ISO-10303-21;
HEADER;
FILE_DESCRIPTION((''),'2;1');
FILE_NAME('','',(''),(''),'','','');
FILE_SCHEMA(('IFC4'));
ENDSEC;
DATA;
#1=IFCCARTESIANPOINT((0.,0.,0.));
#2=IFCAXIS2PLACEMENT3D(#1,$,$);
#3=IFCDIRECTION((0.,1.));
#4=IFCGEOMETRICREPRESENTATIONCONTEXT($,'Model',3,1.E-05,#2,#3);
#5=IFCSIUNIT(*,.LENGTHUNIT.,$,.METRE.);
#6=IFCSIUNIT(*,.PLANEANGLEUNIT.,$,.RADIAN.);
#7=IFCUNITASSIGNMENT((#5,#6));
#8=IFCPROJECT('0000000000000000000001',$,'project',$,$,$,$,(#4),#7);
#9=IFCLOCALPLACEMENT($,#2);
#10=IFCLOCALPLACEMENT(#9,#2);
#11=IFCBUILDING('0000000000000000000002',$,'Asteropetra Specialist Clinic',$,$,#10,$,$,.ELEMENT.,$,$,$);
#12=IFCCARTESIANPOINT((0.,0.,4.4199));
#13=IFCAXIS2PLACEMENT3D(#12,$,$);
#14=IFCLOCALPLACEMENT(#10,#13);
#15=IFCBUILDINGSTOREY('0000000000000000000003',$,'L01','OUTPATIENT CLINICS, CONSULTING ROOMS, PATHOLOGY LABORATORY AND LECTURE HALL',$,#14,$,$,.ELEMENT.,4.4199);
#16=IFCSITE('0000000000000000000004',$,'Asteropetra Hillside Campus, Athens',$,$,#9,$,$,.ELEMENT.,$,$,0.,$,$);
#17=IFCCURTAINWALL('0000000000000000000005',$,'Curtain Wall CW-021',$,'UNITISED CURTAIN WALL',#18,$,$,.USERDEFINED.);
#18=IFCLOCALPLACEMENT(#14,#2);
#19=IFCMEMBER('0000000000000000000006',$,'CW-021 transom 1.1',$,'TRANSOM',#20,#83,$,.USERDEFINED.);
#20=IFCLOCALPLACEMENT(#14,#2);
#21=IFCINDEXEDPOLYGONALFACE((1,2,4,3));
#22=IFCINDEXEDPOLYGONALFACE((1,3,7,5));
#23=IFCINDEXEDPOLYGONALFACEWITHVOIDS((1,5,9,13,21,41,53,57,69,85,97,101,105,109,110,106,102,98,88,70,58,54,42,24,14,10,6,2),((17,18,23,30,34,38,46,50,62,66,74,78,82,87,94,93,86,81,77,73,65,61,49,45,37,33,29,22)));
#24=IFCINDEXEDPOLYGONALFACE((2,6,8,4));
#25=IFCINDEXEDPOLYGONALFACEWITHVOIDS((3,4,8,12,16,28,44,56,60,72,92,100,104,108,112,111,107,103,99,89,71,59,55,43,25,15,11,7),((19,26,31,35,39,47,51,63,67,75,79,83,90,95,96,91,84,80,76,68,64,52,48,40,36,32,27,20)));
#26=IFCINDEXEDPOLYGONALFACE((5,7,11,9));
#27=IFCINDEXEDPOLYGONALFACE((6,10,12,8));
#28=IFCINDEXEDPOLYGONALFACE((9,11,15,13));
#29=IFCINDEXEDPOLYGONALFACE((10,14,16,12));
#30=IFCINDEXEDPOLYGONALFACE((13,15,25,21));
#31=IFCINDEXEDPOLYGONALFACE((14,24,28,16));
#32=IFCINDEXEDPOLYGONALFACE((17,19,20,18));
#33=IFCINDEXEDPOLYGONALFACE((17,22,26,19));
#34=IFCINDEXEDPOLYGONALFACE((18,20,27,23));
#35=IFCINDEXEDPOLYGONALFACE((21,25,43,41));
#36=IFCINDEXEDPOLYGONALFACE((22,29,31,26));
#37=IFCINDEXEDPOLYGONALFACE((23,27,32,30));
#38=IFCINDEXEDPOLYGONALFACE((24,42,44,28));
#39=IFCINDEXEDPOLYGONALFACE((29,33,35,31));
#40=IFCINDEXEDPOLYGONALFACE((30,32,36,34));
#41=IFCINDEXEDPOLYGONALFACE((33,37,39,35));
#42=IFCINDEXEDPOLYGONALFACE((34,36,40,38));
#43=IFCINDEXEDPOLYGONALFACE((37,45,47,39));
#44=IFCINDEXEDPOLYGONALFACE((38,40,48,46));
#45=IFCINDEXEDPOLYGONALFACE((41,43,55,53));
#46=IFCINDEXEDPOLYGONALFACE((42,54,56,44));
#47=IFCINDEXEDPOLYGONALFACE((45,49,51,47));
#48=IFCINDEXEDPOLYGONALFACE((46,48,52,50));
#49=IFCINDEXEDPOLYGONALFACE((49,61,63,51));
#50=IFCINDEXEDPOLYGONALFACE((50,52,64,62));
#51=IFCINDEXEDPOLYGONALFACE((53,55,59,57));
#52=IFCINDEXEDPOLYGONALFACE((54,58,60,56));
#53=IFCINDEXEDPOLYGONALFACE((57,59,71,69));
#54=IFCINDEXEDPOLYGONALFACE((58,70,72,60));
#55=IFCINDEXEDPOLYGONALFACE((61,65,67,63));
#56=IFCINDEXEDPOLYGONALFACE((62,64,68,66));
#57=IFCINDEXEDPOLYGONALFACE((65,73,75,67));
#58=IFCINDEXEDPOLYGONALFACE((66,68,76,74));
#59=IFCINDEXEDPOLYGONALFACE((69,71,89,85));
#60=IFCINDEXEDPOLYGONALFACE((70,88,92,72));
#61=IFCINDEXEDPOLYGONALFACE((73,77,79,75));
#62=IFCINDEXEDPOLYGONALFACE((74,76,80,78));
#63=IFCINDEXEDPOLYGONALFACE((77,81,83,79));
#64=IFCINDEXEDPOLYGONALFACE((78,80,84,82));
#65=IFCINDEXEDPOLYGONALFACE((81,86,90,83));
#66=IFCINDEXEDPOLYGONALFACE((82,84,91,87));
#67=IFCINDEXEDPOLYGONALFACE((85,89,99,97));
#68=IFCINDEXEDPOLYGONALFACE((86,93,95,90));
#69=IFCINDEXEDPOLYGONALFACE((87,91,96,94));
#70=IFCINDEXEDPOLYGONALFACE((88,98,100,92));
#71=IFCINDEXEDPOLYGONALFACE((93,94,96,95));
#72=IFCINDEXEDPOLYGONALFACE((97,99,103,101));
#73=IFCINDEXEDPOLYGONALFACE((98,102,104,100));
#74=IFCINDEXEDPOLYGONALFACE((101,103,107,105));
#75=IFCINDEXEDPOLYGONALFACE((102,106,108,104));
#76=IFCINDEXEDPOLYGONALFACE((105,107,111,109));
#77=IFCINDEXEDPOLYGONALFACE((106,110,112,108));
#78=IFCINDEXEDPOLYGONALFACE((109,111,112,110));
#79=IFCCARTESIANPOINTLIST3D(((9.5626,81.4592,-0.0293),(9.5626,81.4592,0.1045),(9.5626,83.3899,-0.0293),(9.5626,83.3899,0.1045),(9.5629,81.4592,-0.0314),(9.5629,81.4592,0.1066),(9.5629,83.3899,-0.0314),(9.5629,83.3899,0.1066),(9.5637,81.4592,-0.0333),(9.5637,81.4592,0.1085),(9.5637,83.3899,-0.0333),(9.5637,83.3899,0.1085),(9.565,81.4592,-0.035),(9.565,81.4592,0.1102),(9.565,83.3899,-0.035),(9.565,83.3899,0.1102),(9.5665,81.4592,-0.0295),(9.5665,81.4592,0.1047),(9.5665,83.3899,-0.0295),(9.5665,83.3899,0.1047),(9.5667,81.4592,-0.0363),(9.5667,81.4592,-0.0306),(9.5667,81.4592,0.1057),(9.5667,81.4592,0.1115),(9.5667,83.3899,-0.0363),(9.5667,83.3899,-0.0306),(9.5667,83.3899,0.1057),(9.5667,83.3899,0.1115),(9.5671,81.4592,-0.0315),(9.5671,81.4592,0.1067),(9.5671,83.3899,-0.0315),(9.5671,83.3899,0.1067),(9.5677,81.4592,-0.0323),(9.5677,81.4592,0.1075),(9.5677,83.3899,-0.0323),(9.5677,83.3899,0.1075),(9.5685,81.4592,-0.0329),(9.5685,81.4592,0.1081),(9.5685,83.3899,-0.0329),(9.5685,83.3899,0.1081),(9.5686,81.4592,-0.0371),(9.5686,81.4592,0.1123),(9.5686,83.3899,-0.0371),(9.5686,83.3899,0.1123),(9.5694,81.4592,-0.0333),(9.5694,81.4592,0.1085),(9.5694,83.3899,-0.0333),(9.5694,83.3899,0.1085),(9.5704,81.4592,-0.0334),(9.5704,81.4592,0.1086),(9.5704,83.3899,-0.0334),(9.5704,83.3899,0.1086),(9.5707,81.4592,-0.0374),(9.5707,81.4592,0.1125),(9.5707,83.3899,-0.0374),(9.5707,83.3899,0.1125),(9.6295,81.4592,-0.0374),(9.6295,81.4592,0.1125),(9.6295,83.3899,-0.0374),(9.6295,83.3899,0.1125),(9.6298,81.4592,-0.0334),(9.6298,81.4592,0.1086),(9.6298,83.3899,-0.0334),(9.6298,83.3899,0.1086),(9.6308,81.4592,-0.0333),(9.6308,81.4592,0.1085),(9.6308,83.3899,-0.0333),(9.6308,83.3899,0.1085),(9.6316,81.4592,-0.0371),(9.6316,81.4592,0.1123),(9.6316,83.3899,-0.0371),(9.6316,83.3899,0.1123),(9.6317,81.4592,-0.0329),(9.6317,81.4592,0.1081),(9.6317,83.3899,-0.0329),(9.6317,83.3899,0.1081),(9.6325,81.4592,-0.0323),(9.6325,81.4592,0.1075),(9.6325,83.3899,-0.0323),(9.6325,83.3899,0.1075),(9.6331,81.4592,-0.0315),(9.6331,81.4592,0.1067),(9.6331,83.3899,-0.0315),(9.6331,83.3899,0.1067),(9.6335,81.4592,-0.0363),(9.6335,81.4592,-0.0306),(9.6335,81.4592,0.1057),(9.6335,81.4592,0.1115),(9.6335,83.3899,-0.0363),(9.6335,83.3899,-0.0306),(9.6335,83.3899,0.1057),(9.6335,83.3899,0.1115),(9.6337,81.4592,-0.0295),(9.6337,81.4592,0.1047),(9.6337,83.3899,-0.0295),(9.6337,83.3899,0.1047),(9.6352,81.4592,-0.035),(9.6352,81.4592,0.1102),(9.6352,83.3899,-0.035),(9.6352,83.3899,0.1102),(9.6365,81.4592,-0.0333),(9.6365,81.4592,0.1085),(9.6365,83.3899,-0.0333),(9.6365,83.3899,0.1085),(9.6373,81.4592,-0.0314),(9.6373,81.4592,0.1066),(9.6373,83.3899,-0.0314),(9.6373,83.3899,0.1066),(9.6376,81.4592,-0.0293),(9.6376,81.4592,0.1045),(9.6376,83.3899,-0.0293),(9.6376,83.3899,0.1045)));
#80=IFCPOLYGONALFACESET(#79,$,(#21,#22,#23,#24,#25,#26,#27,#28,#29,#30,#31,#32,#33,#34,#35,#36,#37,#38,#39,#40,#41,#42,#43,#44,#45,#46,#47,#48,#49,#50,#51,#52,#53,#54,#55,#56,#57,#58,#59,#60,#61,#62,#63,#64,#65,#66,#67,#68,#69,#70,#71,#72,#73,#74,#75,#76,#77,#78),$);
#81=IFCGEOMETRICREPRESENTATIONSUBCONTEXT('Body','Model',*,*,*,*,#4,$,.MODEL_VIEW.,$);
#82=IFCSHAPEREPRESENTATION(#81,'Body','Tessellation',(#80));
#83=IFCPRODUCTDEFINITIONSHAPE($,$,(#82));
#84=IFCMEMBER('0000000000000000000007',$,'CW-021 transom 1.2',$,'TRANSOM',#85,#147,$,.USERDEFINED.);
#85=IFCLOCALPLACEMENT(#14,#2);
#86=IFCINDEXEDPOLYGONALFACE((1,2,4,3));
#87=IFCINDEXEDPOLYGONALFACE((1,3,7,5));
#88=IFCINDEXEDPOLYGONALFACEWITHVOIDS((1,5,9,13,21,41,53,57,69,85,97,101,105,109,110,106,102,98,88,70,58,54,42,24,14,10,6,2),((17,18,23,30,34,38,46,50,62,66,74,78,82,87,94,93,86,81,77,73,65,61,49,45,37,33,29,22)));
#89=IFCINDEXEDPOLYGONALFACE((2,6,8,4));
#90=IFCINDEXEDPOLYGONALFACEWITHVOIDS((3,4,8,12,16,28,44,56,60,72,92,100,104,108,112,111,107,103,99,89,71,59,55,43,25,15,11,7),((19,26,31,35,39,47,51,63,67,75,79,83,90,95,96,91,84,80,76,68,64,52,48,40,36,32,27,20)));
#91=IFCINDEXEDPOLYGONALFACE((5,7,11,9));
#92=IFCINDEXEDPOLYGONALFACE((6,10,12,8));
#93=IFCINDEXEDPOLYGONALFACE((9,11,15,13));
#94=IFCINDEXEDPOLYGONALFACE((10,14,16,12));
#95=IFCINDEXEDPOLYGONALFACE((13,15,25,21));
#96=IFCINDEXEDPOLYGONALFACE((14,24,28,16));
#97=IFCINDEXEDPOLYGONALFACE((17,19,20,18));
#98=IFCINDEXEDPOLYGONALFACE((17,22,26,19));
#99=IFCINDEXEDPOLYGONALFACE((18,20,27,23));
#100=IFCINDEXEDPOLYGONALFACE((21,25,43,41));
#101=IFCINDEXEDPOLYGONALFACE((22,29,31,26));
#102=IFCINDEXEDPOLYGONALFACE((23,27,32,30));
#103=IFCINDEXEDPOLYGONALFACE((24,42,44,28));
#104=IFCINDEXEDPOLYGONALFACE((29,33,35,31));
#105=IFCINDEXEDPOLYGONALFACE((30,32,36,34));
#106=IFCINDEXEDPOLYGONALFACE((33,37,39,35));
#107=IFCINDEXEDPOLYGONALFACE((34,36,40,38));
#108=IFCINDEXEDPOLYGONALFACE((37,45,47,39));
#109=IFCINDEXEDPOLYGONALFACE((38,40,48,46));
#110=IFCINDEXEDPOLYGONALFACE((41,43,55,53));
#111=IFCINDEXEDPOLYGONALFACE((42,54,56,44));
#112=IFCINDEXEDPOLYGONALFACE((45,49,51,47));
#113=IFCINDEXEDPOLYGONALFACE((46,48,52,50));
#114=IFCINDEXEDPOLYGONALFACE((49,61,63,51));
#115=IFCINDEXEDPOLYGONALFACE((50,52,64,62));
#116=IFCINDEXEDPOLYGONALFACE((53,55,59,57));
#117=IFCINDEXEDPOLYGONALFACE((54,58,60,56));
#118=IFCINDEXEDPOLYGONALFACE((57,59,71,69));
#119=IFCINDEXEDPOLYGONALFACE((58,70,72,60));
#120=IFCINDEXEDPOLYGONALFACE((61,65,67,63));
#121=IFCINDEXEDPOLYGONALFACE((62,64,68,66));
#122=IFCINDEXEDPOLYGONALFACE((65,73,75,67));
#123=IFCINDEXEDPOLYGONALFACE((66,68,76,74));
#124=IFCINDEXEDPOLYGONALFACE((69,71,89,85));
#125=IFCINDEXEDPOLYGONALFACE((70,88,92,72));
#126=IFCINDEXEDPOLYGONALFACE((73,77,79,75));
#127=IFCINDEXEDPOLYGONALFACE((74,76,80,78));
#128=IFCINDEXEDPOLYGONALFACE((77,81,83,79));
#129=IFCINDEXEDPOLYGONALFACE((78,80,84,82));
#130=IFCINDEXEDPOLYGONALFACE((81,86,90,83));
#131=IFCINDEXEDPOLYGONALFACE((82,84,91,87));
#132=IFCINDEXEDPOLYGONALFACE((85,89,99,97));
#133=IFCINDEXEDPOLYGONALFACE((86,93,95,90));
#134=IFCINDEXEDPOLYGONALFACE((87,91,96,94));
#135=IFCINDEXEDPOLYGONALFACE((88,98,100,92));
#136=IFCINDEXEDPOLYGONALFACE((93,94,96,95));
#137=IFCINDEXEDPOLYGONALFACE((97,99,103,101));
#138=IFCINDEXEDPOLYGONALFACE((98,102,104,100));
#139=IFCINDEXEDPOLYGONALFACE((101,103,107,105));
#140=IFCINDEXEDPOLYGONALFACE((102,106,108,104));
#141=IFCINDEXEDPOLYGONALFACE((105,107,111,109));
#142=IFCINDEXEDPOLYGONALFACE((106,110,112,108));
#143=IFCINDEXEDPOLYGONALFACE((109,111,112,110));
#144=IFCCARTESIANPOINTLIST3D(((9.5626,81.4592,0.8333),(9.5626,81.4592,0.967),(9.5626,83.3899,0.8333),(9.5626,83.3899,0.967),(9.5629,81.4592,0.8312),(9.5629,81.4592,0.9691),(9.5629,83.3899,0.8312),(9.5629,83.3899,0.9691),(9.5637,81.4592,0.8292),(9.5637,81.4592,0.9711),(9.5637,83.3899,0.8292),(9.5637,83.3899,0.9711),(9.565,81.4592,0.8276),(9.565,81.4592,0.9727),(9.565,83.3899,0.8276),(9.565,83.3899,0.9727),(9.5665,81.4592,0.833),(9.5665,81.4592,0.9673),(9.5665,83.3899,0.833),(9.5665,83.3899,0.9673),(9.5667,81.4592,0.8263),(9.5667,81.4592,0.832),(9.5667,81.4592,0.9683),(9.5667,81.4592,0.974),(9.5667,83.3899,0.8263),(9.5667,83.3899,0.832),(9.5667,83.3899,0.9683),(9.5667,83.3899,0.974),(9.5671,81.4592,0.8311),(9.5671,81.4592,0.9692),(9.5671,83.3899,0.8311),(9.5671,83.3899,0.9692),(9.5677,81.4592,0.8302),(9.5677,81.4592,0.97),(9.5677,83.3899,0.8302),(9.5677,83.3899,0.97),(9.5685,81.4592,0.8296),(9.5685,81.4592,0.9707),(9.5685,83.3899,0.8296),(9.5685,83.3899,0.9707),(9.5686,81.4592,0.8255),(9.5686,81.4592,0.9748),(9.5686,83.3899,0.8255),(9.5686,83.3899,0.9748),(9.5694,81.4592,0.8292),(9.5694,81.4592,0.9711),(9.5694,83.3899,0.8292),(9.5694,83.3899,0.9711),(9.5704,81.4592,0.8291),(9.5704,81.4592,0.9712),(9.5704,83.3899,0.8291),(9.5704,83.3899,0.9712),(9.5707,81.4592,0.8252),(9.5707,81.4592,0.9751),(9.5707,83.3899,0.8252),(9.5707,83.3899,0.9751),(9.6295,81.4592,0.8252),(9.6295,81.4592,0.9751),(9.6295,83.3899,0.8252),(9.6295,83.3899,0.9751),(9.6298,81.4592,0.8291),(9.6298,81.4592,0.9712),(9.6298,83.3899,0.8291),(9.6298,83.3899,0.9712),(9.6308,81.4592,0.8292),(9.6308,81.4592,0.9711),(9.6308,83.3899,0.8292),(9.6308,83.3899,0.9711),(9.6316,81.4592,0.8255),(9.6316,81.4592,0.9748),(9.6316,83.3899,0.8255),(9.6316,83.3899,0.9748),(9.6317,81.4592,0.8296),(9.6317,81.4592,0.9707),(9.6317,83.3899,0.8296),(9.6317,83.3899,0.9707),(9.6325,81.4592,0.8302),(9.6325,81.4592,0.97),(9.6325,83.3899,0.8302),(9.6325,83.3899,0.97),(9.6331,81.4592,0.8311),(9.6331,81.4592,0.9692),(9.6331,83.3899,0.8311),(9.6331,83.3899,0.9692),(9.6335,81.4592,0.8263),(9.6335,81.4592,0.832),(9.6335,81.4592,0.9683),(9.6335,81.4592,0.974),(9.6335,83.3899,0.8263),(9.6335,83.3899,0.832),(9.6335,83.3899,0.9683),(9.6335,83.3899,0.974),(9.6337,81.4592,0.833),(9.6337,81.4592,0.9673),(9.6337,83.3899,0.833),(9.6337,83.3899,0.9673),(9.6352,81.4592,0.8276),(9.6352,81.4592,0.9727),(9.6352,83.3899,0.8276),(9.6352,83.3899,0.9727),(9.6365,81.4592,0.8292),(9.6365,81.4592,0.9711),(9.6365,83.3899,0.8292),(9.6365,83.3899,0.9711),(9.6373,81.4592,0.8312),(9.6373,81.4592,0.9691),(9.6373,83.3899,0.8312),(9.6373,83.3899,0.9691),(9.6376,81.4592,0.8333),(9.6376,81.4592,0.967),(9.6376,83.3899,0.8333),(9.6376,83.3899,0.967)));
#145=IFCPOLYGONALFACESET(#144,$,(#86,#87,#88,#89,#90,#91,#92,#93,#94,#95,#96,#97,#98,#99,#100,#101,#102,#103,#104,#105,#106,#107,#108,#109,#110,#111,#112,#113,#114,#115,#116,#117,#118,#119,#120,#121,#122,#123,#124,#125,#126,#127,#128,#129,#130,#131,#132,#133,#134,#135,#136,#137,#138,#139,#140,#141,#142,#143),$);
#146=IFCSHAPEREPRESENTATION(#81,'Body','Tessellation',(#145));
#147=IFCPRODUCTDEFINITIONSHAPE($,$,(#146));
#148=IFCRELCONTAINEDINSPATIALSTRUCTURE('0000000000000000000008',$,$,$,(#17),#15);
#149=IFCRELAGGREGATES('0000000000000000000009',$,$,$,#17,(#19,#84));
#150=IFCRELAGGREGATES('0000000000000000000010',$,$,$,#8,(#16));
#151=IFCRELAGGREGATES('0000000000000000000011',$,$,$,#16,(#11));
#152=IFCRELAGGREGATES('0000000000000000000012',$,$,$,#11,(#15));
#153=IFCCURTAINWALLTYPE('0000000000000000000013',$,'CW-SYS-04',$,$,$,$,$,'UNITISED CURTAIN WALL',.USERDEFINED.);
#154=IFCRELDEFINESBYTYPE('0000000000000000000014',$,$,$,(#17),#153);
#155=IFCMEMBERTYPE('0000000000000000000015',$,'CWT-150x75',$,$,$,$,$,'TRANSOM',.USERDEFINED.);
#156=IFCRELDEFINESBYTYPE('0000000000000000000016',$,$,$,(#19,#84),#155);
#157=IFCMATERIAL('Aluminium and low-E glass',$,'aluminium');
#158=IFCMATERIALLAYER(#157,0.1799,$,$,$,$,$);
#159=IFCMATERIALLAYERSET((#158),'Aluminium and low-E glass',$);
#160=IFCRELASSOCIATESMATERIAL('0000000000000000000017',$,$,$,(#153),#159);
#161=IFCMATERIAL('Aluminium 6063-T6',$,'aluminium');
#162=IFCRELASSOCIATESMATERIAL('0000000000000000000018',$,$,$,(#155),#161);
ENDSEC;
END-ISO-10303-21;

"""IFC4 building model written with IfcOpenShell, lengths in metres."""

from ifc_helpers import new_model, si_unit, direction, frame, origin, origin_2d, place, context, subcontext, project, spatial, hollow_rectangle, extrude, material, layer, layer_set, material_profile, profile_set, type_object, element, aggregate, save


model = new_model("IFC4")

# Units and contexts
model_context = context("Model", 3, precision=1e-05, world=origin(), true_north=direction((0.0, 1.0)))
body_context = subcontext(model_context, "Body", "Model", "MODEL_VIEW")
ifc_project = project(units=[si_unit("LENGTHUNIT", "METRE"), si_unit("PLANEANGLEUNIT", "RADIAN")], contexts=[model_context])

# Site, building, storey
site_placement = place(None, origin())
site = spatial("IfcSite", under=ifc_project, at=site_placement, Name="Asteropetra Hillside Campus, Athens", CompositionType="ELEMENT", RefElevation=0.0)
building_placement = place(site_placement, origin())
building = spatial("IfcBuilding", under=site, at=building_placement, Name="Asteropetra Specialist Clinic", CompositionType="ELEMENT")
storey_placement = place(building_placement, frame((0.0, 0.0, 4.4199)))
storey = spatial("IfcBuildingStorey", under=building, at=storey_placement, Name="L01", Description="OUTPATIENT CLINICS, CONSULTING ROOMS, PATHOLOGY LABORATORY AND LECTURE HALL", CompositionType="ELEMENT", Elevation=4.4199)

# Curtain wall
ifc_material_1 = material(Name="Aluminium and low-E glass", Category="aluminium")
ifc_layer_1 = layer(ifc_material_1, 0.1799)
ifc_layer_set_1 = layer_set([ifc_layer_1], Name="Aluminium and low-E glass")
curtain_wall_type_1 = type_object("IfcCurtainWallType", Name="CW-SYS-04", ElementType="UNITISED CURTAIN WALL", PredefinedType="USERDEFINED", material=ifc_layer_set_1)
curtain_wall_1_placement = place(storey_placement, origin())
curtain_wall_1 = element("IfcCurtainWall", 1, at=curtain_wall_1_placement, inside=storey, type_object=curtain_wall_type_1, Name="Curtain Wall CW-021", ObjectType="UNITISED CURTAIN WALL", PredefinedType="USERDEFINED")

# Members
ifc_material_2 = material(Name="Aluminium 6063-T6", Category="aluminium")
ifc_material_profile_1 = material_profile(ifc_material_2, hollow_rectangle(XDim=0.075, YDim=0.1499, WallThickness=0.0039, InnerFilletRadius=0.0039, OuterFilletRadius=0.0081, at=origin_2d()), Name="TRN 150x75x4.0")
ifc_profile_set_1 = profile_set([ifc_material_profile_1], Name="Aluminium 6063-T6")
member_type_1 = type_object("IfcMemberType", Name="CWT-150x75", ElementType="TRANSOM", PredefinedType="USERDEFINED", material=ifc_profile_set_1)
member_1_placement = place(storey_placement, frame((9.6001, 83.3899, 0.0376), z_axis=(0.0, -1.0, 0.0), x_axis=(1.0, 0.0, 0.0)))
member_1 = element("IfcMember", 2, at=member_1_placement, type_object=member_type_1, Name="CW-021 transom 1.1", ObjectType="TRANSOM", PredefinedType="USERDEFINED", context=body_context, shape_type="SweptSolid", body=[
    extrude(hollow_rectangle(XDim=0.075, YDim=0.1499, WallThickness=0.0039, InnerFilletRadius=0.0039, OuterFilletRadius=0.0081, at=origin_2d()), origin(), (0.0, 0.0, 1.0), 1.9307),
])
member_2_placement = place(storey_placement, frame((9.6001, 83.3899, 0.9001), z_axis=(0.0, -1.0, 0.0), x_axis=(1.0, 0.0, 0.0)))
member_2 = element("IfcMember", 3, at=member_2_placement, type_object=member_type_1, Name="CW-021 transom 1.2", ObjectType="TRANSOM", PredefinedType="USERDEFINED", context=body_context, shape_type="SweptSolid", body=[
    extrude(hollow_rectangle(XDim=0.075, YDim=0.1499, WallThickness=0.0039, InnerFilletRadius=0.0039, OuterFilletRadius=0.0081, at=origin_2d()), origin(), (0.0, 0.0, 1.0), 1.9307),
])

aggregate(curtain_wall_1, [member_1, member_2])

save(model, "model.ifc")
